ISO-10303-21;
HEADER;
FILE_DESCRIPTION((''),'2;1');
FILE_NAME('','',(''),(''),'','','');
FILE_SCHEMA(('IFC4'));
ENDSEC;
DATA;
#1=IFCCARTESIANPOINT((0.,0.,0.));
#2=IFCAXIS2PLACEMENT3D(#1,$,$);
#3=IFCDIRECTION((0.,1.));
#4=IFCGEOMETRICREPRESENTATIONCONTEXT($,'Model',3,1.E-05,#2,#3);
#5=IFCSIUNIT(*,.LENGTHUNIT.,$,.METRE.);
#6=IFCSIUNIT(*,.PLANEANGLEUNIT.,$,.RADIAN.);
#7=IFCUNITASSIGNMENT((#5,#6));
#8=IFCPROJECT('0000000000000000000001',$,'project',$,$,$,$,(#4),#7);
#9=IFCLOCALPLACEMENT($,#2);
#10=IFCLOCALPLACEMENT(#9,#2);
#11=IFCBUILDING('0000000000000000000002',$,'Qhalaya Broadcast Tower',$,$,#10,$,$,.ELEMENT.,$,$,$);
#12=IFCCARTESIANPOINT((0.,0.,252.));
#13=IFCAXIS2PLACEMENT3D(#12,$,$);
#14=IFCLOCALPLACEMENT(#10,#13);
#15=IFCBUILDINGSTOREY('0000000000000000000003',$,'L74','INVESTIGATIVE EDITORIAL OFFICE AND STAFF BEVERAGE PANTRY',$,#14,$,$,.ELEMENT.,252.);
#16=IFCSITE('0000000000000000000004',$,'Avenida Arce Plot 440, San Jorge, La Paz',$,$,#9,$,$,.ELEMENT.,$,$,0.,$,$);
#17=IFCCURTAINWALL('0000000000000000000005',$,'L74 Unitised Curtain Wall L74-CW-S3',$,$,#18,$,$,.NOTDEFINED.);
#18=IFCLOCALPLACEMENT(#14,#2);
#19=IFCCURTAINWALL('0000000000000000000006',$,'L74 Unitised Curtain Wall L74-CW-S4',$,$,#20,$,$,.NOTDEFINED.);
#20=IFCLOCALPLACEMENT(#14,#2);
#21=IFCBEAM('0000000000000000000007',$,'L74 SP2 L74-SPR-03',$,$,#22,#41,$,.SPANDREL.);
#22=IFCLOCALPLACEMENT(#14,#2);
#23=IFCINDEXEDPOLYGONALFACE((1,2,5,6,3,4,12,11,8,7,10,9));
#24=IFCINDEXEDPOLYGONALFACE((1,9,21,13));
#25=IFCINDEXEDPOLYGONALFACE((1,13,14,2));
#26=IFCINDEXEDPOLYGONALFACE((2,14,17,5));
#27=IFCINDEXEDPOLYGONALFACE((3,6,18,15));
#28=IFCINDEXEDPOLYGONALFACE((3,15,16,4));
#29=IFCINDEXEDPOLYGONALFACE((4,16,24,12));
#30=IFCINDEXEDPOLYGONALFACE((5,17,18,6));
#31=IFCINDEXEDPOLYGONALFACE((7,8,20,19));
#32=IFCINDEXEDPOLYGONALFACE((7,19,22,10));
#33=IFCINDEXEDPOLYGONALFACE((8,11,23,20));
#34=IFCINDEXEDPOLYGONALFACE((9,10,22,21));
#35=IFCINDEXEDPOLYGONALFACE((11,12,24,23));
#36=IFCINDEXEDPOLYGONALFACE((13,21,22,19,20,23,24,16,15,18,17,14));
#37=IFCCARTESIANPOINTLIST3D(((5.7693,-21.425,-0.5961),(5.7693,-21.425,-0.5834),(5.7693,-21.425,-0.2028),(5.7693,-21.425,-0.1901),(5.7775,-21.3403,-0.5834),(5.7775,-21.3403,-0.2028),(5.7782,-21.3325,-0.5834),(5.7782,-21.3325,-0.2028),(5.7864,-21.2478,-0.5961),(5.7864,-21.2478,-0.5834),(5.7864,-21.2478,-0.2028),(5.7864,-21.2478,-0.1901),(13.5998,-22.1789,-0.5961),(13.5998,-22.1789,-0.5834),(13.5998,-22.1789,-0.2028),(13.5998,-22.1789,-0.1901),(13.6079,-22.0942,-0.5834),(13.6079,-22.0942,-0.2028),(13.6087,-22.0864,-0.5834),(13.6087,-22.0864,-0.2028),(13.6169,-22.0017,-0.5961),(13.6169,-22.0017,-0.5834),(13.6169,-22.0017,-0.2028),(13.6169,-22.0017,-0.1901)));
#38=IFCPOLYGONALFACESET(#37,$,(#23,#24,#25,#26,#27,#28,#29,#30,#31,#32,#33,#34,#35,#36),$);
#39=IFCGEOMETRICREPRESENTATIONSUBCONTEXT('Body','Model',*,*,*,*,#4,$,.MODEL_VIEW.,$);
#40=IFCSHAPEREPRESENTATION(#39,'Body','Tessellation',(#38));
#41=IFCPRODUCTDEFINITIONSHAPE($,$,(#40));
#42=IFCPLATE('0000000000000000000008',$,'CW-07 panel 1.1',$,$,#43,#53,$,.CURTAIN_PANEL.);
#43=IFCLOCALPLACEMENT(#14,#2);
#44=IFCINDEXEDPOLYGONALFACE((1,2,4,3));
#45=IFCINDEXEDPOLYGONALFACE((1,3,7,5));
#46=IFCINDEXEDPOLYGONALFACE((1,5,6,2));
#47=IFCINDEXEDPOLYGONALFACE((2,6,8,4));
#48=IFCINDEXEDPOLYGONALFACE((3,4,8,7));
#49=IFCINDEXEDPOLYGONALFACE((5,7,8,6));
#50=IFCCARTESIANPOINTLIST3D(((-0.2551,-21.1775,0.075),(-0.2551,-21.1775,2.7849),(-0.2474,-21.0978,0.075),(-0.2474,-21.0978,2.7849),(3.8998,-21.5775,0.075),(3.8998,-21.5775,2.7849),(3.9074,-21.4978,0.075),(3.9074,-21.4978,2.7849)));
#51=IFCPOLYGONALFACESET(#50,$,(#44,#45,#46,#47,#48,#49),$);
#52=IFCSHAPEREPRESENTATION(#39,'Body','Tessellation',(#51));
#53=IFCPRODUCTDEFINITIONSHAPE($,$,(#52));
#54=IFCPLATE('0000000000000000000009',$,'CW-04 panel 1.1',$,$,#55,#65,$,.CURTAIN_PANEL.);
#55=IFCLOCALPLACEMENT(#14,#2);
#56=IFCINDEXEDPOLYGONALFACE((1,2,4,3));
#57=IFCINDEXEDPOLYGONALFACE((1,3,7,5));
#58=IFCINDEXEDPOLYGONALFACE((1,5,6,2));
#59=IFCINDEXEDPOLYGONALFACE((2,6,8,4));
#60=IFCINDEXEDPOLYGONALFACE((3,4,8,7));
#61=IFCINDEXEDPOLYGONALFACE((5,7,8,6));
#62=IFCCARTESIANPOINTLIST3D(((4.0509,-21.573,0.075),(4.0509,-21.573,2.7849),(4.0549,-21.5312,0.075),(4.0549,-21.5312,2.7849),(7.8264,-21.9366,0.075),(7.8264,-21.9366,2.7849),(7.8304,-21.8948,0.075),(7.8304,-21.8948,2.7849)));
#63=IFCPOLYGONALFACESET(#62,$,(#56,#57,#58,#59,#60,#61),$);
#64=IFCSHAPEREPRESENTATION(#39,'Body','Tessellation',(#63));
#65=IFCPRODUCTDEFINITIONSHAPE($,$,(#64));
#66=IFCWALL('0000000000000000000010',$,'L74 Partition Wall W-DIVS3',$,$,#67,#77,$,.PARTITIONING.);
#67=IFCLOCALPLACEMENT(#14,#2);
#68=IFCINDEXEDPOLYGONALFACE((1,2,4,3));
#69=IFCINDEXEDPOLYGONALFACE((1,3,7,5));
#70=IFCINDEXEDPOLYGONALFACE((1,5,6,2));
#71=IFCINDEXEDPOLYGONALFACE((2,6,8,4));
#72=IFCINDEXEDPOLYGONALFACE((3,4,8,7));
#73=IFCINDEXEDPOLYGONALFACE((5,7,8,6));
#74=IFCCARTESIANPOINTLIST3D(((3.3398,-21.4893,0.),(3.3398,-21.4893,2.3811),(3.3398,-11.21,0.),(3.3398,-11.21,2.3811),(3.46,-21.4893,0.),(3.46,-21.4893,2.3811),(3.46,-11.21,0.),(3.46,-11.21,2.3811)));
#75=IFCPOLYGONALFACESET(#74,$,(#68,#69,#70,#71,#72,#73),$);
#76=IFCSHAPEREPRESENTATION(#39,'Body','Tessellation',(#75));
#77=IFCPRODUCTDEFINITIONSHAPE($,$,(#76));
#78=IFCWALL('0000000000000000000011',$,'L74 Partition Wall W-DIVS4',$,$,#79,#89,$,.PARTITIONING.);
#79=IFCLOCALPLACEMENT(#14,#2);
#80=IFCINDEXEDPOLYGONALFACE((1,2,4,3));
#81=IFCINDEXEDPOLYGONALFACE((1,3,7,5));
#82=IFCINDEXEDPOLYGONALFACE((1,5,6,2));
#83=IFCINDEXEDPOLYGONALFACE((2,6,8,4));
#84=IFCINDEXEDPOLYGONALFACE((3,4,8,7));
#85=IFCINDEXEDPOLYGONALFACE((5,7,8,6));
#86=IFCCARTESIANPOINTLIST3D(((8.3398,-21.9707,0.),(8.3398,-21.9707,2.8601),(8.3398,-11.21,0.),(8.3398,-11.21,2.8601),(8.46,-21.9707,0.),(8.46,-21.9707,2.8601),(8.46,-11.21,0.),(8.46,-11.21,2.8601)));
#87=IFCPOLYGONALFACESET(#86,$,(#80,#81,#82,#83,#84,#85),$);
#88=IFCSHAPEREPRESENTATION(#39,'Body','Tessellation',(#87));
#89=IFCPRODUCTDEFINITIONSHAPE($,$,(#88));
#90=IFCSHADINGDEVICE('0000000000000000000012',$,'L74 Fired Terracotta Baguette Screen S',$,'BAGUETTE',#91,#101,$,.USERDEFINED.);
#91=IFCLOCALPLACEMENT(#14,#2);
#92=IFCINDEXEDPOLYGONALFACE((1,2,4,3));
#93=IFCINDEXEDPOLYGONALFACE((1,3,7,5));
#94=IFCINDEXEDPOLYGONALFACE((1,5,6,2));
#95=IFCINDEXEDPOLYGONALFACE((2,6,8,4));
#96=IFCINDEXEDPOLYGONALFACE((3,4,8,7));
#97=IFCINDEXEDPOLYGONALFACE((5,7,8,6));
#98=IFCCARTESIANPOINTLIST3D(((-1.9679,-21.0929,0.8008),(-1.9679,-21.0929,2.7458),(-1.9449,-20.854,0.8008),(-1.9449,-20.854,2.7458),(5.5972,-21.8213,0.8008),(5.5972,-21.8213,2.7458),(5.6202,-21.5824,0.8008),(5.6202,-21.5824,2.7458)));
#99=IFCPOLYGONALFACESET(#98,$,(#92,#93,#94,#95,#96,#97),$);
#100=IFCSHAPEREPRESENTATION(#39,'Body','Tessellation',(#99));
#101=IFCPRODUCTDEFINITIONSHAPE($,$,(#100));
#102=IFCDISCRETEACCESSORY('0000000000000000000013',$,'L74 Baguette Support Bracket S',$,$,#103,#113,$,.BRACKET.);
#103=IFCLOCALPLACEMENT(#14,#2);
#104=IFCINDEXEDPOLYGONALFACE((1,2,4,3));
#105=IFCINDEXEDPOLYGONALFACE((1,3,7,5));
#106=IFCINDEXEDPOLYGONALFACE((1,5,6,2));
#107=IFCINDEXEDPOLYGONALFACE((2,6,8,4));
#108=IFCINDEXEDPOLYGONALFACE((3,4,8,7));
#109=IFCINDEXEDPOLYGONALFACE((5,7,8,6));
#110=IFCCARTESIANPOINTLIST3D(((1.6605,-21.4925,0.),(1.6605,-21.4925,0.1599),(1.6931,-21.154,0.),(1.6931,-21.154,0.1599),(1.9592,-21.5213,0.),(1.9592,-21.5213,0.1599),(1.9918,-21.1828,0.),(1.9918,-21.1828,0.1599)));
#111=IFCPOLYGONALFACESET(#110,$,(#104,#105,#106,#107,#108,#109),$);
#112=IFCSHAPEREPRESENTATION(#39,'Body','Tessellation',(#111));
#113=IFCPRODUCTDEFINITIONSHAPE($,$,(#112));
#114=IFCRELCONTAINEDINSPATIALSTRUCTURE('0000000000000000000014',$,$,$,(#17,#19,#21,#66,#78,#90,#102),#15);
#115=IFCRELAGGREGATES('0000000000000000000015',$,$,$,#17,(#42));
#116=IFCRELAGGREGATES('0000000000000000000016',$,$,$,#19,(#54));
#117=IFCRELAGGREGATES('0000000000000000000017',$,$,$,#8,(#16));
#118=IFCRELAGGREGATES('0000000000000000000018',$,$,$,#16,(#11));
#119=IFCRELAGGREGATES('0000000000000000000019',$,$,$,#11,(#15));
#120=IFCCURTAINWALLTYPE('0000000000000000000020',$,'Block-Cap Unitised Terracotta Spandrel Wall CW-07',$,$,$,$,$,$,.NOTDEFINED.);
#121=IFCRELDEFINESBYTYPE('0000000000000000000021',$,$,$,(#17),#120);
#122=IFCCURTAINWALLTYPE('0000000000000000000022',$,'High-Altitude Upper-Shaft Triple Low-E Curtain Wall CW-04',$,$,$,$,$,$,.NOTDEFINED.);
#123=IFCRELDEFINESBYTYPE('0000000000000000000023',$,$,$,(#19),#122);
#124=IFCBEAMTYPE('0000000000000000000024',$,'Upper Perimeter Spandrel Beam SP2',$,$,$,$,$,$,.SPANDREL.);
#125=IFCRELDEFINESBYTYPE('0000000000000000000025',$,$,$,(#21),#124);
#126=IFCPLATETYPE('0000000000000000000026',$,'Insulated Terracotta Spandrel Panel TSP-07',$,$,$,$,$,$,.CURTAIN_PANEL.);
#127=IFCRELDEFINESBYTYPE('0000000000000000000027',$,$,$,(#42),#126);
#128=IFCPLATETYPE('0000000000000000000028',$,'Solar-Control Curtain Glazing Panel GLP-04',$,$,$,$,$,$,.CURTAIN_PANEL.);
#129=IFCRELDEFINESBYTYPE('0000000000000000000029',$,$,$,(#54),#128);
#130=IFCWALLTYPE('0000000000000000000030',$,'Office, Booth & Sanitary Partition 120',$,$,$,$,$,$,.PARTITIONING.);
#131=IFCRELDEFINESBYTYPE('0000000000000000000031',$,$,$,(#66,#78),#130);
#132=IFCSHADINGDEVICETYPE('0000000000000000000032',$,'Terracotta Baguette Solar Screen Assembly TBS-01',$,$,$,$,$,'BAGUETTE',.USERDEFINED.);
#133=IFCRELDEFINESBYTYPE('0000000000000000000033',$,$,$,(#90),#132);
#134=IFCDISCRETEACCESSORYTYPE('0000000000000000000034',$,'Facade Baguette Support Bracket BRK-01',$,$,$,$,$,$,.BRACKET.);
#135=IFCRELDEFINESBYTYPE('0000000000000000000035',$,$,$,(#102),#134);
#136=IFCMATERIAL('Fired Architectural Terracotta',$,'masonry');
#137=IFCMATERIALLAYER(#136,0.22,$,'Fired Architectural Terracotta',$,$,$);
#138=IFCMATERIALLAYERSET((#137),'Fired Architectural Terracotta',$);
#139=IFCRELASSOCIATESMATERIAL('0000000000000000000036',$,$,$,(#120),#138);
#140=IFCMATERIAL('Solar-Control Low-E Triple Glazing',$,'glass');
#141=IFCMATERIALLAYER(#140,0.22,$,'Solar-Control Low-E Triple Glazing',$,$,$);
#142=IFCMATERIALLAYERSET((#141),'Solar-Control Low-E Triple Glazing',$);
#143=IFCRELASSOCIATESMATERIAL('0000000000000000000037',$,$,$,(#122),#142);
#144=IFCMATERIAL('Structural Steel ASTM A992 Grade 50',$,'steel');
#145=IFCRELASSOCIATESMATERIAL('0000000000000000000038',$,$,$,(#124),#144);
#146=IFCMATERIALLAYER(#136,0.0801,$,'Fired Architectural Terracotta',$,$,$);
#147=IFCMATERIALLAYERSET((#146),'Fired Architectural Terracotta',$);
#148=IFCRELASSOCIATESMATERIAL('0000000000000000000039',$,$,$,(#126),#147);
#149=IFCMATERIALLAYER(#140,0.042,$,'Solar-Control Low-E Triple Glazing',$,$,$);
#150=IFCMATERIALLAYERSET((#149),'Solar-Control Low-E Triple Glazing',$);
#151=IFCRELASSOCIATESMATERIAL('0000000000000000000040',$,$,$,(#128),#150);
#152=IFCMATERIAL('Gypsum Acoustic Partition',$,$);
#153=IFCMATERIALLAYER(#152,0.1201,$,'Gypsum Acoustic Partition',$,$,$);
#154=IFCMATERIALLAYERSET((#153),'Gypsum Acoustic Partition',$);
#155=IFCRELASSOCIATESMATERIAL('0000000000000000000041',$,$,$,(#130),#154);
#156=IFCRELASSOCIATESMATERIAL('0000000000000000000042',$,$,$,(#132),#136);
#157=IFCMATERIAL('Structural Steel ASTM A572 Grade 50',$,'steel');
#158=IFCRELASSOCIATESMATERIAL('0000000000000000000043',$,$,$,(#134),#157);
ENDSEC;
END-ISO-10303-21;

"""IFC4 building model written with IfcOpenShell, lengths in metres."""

from ifc_helpers import new_model, si_unit, direction, frame, frame_2d, origin, origin_2d, place, context, subcontext, project, spatial, rectangle, i_section, extrude, material, layer, layer_set, material_profile, profile_set, type_object, element, aggregate, save


model = new_model("IFC4")

# Units and contexts
model_context = context("Model", 3, precision=1e-05, world=origin(), true_north=direction((0.0, 1.0)))
body_context = subcontext(model_context, "Body", "Model", "MODEL_VIEW")
ifc_project = project(units=[si_unit("LENGTHUNIT", "METRE"), si_unit("PLANEANGLEUNIT", "RADIAN")], contexts=[model_context])

# Site, building, storey
site_placement = place(None, origin())
site = spatial("IfcSite", under=ifc_project, at=site_placement, Name="Avenida Arce Plot 440, San Jorge, La Paz", CompositionType="ELEMENT", RefElevation=0.0)
building_placement = place(site_placement, origin())
building = spatial("IfcBuilding", under=site, at=building_placement, Name="Qhalaya Broadcast Tower", CompositionType="ELEMENT")
storey_placement = place(building_placement, frame((0.0, 0.0, 252.0)))
storey = spatial("IfcBuildingStorey", under=building, at=storey_placement, Name="L74", Description="INVESTIGATIVE EDITORIAL OFFICE AND STAFF BEVERAGE PANTRY", CompositionType="ELEMENT", Elevation=252.0)

# Shared definitions
ifc_material_1 = material(Name="Structural Steel ASTM A992 Grade 50", Category="steel")

# Curtain wall
ifc_material_2 = material(Name="Fired Architectural Terracotta", Category="masonry")
ifc_layer_1 = layer(ifc_material_2, 0.22, Name="Fired Architectural Terracotta")
ifc_layer_set_1 = layer_set([ifc_layer_1], Name="Fired Architectural Terracotta")
curtain_wall_type_1 = type_object("IfcCurtainWallType", Name="Block-Cap Unitised Terracotta Spandrel Wall CW-07", PredefinedType="NOTDEFINED", material=ifc_layer_set_1)
curtain_wall_1_placement = place(storey_placement, origin())
curtain_wall_1 = element("IfcCurtainWall", 1, at=curtain_wall_1_placement, inside=storey, type_object=curtain_wall_type_1, Name="L74 Unitised Curtain Wall L74-CW-S3", PredefinedType="NOTDEFINED")

# Curtain wall
ifc_material_3 = material(Name="Solar-Control Low-E Triple Glazing", Category="glass")
ifc_layer_2 = layer(ifc_material_3, 0.22, Name="Solar-Control Low-E Triple Glazing")
ifc_layer_set_2 = layer_set([ifc_layer_2], Name="Solar-Control Low-E Triple Glazing")
curtain_wall_type_2 = type_object("IfcCurtainWallType", Name="High-Altitude Upper-Shaft Triple Low-E Curtain Wall CW-04", PredefinedType="NOTDEFINED", material=ifc_layer_set_2)
curtain_wall_2_placement = place(storey_placement, origin())
curtain_wall_2 = element("IfcCurtainWall", 2, at=curtain_wall_2_placement, inside=storey, type_object=curtain_wall_type_2, Name="L74 Unitised Curtain Wall L74-CW-S4", PredefinedType="NOTDEFINED")

# Beam
ifc_material_profile_1 = material_profile(ifc_material_1, i_section(OverallWidth=0.178, OverallDepth=0.406, WebThickness=0.0078, FlangeThickness=0.0127, at=origin_2d()), Name="W16X40")
ifc_profile_set_1 = profile_set([ifc_material_profile_1], Name="Structural Steel ASTM A992 Grade 50")
beam_type_1 = type_object("IfcBeamType", Name="Upper Perimeter Spandrel Beam SP2", PredefinedType="SPANDREL", material=ifc_profile_set_1)
beam_1_placement = place(storey_placement, frame((5.7778, -21.3364, -0.3931), z_axis=(0.995397, -0.095834, 0.0), x_axis=(0.095834, 0.995397, 0.0)))
element("IfcBeam", 3, at=beam_1_placement, inside=storey, type_object=beam_type_1, Name="L74 SP2 L74-SPR-03", PredefinedType="SPANDREL", context=body_context, shape_type="SweptSolid", body=[
    extrude(i_section(OverallWidth=0.178, OverallDepth=0.406, WebThickness=0.0078, FlangeThickness=0.0127, at=origin_2d()), origin(), (0.0, 0.0, 1.0), 7.8667),
])

# Plates
ifc_layer_3 = layer(ifc_material_2, 0.0801, Name="Fired Architectural Terracotta")
ifc_layer_set_3 = layer_set([ifc_layer_3], Name="Fired Architectural Terracotta")
plate_type_1 = type_object("IfcPlateType", Name="Insulated Terracotta Spandrel Panel TSP-07", PredefinedType="CURTAIN_PANEL", material=ifc_layer_set_3)
plate_1_placement = place(storey_placement, frame((1.8262, -21.3376, 0.075), z_axis=(0.0, 0.0, 1.0), x_axis=(0.995397, -0.095837, 0.0)))
plate_1 = element("IfcPlate", 4, at=plate_1_placement, type_object=plate_type_1, Name="CW-07 panel 1.1", PredefinedType="CURTAIN_PANEL", context=body_context, shape_type="SweptSolid", body=[
    extrude(rectangle(XDim=4.1741, YDim=0.0801, at=origin_2d()), origin(), (0.0, 0.0, 1.0), 2.71),
])
aggregate(curtain_wall_1, [plate_1])
ifc_layer_4 = layer(ifc_material_3, 0.042, Name="Solar-Control Low-E Triple Glazing")
ifc_layer_set_4 = layer_set([ifc_layer_4], Name="Solar-Control Low-E Triple Glazing")
plate_type_2 = type_object("IfcPlateType", Name="Solar-Control Curtain Glazing Panel GLP-04", PredefinedType="CURTAIN_PANEL", material=ifc_layer_set_4)
plate_2_placement = place(storey_placement, frame((5.9407, -21.7339, 0.075), z_axis=(0.0, 0.0, 1.0), x_axis=(0.995394, -0.095865, 0.0)))
plate_2 = element("IfcPlate", 5, at=plate_2_placement, type_object=plate_type_2, Name="CW-04 panel 1.1", PredefinedType="CURTAIN_PANEL", context=body_context, shape_type="SweptSolid", body=[
    extrude(rectangle(XDim=3.793, YDim=0.042, at=origin_2d()), origin(), (0.0, 0.0, 1.0), 2.71),
])
aggregate(curtain_wall_2, [plate_2])

# Walls
ifc_material_4 = material(Name="Gypsum Acoustic Partition")
ifc_layer_5 = layer(ifc_material_4, 0.1201, Name="Gypsum Acoustic Partition")
ifc_layer_set_5 = layer_set([ifc_layer_5], Name="Gypsum Acoustic Partition")
wall_type = type_object("IfcWallType", Name="Office, Booth & Sanitary Partition 120", PredefinedType="PARTITIONING", material=ifc_layer_set_5)
wall_1_placement = place(storey_placement, frame((3.3999, -21.4893, 0.0), z_axis=(0.0, 0.0, 1.0), x_axis=(0.0, 1.0, 0.0)))
element("IfcWall", 6, at=wall_1_placement, inside=storey, type_object=wall_type, Name="L74 Partition Wall W-DIVS3", PredefinedType="PARTITIONING", context=body_context, shape_type="SweptSolid", body=[
    extrude(rectangle(XDim=10.2793, YDim=0.1201, at=frame_2d((5.1396, 0.0))), origin(), (0.0, 0.0, 1.0), 2.3811),
])
wall_2_placement = place(storey_placement, frame((8.3999, -21.9707, 0.0), z_axis=(0.0, 0.0, 1.0), x_axis=(0.0, 1.0, 0.0)))
element("IfcWall", 7, at=wall_2_placement, inside=storey, type_object=wall_type, Name="L74 Partition Wall W-DIVS4", PredefinedType="PARTITIONING", context=body_context, shape_type="SweptSolid", body=[
    extrude(rectangle(XDim=10.7607, YDim=0.1201, at=frame_2d((5.3804, 0.0))), origin(), (0.0, 0.0, 1.0), 2.8601),
])

# Shading device
shading_device_type = type_object("IfcShadingDeviceType", Name="Terracotta Baguette Solar Screen Assembly TBS-01", ElementType="BAGUETTE", PredefinedType="USERDEFINED", material=ifc_material_2)
shading_device_placement = place(storey_placement, frame((1.8262, -21.3376, 0.8008), z_axis=(0.0, 0.0, 1.0), x_axis=(0.995396, -0.095846, 0.0)))
element("IfcShadingDevice", 8, at=shading_device_placement, inside=storey, type_object=shading_device_type, Name="L74 Fired Terracotta Baguette Screen S", ObjectType="BAGUETTE", PredefinedType="USERDEFINED", context=body_context, shape_type="SweptSolid", body=[
    extrude(rectangle(XDim=7.6001, YDim=0.24, at=origin_2d()), origin(), (0.0, 0.0, 1.0), 1.9451),
])

# Discrete accessory
ifc_material_5 = material(Name="Structural Steel ASTM A572 Grade 50", Category="steel")
discrete_accessory_type = type_object("IfcDiscreteAccessoryType", Name="Facade Baguette Support Bracket BRK-01", PredefinedType="BRACKET", material=ifc_material_5)
discrete_accessory_placement = place(storey_placement, frame((1.8262, -21.3376, 0.0), z_axis=(0.0, 0.0, 1.0), x_axis=(0.995396, -0.095846, 0.0)))
element("IfcDiscreteAccessory", 9, at=discrete_accessory_placement, inside=storey, type_object=discrete_accessory_type, Name="L74 Baguette Support Bracket S", PredefinedType="BRACKET", context=body_context, shape_type="SweptSolid", body=[
    extrude(rectangle(XDim=0.3, YDim=0.3401, at=origin_2d()), origin(), (0.0, 0.0, 1.0), 0.1599),
])

save(model, "model.ifc")
